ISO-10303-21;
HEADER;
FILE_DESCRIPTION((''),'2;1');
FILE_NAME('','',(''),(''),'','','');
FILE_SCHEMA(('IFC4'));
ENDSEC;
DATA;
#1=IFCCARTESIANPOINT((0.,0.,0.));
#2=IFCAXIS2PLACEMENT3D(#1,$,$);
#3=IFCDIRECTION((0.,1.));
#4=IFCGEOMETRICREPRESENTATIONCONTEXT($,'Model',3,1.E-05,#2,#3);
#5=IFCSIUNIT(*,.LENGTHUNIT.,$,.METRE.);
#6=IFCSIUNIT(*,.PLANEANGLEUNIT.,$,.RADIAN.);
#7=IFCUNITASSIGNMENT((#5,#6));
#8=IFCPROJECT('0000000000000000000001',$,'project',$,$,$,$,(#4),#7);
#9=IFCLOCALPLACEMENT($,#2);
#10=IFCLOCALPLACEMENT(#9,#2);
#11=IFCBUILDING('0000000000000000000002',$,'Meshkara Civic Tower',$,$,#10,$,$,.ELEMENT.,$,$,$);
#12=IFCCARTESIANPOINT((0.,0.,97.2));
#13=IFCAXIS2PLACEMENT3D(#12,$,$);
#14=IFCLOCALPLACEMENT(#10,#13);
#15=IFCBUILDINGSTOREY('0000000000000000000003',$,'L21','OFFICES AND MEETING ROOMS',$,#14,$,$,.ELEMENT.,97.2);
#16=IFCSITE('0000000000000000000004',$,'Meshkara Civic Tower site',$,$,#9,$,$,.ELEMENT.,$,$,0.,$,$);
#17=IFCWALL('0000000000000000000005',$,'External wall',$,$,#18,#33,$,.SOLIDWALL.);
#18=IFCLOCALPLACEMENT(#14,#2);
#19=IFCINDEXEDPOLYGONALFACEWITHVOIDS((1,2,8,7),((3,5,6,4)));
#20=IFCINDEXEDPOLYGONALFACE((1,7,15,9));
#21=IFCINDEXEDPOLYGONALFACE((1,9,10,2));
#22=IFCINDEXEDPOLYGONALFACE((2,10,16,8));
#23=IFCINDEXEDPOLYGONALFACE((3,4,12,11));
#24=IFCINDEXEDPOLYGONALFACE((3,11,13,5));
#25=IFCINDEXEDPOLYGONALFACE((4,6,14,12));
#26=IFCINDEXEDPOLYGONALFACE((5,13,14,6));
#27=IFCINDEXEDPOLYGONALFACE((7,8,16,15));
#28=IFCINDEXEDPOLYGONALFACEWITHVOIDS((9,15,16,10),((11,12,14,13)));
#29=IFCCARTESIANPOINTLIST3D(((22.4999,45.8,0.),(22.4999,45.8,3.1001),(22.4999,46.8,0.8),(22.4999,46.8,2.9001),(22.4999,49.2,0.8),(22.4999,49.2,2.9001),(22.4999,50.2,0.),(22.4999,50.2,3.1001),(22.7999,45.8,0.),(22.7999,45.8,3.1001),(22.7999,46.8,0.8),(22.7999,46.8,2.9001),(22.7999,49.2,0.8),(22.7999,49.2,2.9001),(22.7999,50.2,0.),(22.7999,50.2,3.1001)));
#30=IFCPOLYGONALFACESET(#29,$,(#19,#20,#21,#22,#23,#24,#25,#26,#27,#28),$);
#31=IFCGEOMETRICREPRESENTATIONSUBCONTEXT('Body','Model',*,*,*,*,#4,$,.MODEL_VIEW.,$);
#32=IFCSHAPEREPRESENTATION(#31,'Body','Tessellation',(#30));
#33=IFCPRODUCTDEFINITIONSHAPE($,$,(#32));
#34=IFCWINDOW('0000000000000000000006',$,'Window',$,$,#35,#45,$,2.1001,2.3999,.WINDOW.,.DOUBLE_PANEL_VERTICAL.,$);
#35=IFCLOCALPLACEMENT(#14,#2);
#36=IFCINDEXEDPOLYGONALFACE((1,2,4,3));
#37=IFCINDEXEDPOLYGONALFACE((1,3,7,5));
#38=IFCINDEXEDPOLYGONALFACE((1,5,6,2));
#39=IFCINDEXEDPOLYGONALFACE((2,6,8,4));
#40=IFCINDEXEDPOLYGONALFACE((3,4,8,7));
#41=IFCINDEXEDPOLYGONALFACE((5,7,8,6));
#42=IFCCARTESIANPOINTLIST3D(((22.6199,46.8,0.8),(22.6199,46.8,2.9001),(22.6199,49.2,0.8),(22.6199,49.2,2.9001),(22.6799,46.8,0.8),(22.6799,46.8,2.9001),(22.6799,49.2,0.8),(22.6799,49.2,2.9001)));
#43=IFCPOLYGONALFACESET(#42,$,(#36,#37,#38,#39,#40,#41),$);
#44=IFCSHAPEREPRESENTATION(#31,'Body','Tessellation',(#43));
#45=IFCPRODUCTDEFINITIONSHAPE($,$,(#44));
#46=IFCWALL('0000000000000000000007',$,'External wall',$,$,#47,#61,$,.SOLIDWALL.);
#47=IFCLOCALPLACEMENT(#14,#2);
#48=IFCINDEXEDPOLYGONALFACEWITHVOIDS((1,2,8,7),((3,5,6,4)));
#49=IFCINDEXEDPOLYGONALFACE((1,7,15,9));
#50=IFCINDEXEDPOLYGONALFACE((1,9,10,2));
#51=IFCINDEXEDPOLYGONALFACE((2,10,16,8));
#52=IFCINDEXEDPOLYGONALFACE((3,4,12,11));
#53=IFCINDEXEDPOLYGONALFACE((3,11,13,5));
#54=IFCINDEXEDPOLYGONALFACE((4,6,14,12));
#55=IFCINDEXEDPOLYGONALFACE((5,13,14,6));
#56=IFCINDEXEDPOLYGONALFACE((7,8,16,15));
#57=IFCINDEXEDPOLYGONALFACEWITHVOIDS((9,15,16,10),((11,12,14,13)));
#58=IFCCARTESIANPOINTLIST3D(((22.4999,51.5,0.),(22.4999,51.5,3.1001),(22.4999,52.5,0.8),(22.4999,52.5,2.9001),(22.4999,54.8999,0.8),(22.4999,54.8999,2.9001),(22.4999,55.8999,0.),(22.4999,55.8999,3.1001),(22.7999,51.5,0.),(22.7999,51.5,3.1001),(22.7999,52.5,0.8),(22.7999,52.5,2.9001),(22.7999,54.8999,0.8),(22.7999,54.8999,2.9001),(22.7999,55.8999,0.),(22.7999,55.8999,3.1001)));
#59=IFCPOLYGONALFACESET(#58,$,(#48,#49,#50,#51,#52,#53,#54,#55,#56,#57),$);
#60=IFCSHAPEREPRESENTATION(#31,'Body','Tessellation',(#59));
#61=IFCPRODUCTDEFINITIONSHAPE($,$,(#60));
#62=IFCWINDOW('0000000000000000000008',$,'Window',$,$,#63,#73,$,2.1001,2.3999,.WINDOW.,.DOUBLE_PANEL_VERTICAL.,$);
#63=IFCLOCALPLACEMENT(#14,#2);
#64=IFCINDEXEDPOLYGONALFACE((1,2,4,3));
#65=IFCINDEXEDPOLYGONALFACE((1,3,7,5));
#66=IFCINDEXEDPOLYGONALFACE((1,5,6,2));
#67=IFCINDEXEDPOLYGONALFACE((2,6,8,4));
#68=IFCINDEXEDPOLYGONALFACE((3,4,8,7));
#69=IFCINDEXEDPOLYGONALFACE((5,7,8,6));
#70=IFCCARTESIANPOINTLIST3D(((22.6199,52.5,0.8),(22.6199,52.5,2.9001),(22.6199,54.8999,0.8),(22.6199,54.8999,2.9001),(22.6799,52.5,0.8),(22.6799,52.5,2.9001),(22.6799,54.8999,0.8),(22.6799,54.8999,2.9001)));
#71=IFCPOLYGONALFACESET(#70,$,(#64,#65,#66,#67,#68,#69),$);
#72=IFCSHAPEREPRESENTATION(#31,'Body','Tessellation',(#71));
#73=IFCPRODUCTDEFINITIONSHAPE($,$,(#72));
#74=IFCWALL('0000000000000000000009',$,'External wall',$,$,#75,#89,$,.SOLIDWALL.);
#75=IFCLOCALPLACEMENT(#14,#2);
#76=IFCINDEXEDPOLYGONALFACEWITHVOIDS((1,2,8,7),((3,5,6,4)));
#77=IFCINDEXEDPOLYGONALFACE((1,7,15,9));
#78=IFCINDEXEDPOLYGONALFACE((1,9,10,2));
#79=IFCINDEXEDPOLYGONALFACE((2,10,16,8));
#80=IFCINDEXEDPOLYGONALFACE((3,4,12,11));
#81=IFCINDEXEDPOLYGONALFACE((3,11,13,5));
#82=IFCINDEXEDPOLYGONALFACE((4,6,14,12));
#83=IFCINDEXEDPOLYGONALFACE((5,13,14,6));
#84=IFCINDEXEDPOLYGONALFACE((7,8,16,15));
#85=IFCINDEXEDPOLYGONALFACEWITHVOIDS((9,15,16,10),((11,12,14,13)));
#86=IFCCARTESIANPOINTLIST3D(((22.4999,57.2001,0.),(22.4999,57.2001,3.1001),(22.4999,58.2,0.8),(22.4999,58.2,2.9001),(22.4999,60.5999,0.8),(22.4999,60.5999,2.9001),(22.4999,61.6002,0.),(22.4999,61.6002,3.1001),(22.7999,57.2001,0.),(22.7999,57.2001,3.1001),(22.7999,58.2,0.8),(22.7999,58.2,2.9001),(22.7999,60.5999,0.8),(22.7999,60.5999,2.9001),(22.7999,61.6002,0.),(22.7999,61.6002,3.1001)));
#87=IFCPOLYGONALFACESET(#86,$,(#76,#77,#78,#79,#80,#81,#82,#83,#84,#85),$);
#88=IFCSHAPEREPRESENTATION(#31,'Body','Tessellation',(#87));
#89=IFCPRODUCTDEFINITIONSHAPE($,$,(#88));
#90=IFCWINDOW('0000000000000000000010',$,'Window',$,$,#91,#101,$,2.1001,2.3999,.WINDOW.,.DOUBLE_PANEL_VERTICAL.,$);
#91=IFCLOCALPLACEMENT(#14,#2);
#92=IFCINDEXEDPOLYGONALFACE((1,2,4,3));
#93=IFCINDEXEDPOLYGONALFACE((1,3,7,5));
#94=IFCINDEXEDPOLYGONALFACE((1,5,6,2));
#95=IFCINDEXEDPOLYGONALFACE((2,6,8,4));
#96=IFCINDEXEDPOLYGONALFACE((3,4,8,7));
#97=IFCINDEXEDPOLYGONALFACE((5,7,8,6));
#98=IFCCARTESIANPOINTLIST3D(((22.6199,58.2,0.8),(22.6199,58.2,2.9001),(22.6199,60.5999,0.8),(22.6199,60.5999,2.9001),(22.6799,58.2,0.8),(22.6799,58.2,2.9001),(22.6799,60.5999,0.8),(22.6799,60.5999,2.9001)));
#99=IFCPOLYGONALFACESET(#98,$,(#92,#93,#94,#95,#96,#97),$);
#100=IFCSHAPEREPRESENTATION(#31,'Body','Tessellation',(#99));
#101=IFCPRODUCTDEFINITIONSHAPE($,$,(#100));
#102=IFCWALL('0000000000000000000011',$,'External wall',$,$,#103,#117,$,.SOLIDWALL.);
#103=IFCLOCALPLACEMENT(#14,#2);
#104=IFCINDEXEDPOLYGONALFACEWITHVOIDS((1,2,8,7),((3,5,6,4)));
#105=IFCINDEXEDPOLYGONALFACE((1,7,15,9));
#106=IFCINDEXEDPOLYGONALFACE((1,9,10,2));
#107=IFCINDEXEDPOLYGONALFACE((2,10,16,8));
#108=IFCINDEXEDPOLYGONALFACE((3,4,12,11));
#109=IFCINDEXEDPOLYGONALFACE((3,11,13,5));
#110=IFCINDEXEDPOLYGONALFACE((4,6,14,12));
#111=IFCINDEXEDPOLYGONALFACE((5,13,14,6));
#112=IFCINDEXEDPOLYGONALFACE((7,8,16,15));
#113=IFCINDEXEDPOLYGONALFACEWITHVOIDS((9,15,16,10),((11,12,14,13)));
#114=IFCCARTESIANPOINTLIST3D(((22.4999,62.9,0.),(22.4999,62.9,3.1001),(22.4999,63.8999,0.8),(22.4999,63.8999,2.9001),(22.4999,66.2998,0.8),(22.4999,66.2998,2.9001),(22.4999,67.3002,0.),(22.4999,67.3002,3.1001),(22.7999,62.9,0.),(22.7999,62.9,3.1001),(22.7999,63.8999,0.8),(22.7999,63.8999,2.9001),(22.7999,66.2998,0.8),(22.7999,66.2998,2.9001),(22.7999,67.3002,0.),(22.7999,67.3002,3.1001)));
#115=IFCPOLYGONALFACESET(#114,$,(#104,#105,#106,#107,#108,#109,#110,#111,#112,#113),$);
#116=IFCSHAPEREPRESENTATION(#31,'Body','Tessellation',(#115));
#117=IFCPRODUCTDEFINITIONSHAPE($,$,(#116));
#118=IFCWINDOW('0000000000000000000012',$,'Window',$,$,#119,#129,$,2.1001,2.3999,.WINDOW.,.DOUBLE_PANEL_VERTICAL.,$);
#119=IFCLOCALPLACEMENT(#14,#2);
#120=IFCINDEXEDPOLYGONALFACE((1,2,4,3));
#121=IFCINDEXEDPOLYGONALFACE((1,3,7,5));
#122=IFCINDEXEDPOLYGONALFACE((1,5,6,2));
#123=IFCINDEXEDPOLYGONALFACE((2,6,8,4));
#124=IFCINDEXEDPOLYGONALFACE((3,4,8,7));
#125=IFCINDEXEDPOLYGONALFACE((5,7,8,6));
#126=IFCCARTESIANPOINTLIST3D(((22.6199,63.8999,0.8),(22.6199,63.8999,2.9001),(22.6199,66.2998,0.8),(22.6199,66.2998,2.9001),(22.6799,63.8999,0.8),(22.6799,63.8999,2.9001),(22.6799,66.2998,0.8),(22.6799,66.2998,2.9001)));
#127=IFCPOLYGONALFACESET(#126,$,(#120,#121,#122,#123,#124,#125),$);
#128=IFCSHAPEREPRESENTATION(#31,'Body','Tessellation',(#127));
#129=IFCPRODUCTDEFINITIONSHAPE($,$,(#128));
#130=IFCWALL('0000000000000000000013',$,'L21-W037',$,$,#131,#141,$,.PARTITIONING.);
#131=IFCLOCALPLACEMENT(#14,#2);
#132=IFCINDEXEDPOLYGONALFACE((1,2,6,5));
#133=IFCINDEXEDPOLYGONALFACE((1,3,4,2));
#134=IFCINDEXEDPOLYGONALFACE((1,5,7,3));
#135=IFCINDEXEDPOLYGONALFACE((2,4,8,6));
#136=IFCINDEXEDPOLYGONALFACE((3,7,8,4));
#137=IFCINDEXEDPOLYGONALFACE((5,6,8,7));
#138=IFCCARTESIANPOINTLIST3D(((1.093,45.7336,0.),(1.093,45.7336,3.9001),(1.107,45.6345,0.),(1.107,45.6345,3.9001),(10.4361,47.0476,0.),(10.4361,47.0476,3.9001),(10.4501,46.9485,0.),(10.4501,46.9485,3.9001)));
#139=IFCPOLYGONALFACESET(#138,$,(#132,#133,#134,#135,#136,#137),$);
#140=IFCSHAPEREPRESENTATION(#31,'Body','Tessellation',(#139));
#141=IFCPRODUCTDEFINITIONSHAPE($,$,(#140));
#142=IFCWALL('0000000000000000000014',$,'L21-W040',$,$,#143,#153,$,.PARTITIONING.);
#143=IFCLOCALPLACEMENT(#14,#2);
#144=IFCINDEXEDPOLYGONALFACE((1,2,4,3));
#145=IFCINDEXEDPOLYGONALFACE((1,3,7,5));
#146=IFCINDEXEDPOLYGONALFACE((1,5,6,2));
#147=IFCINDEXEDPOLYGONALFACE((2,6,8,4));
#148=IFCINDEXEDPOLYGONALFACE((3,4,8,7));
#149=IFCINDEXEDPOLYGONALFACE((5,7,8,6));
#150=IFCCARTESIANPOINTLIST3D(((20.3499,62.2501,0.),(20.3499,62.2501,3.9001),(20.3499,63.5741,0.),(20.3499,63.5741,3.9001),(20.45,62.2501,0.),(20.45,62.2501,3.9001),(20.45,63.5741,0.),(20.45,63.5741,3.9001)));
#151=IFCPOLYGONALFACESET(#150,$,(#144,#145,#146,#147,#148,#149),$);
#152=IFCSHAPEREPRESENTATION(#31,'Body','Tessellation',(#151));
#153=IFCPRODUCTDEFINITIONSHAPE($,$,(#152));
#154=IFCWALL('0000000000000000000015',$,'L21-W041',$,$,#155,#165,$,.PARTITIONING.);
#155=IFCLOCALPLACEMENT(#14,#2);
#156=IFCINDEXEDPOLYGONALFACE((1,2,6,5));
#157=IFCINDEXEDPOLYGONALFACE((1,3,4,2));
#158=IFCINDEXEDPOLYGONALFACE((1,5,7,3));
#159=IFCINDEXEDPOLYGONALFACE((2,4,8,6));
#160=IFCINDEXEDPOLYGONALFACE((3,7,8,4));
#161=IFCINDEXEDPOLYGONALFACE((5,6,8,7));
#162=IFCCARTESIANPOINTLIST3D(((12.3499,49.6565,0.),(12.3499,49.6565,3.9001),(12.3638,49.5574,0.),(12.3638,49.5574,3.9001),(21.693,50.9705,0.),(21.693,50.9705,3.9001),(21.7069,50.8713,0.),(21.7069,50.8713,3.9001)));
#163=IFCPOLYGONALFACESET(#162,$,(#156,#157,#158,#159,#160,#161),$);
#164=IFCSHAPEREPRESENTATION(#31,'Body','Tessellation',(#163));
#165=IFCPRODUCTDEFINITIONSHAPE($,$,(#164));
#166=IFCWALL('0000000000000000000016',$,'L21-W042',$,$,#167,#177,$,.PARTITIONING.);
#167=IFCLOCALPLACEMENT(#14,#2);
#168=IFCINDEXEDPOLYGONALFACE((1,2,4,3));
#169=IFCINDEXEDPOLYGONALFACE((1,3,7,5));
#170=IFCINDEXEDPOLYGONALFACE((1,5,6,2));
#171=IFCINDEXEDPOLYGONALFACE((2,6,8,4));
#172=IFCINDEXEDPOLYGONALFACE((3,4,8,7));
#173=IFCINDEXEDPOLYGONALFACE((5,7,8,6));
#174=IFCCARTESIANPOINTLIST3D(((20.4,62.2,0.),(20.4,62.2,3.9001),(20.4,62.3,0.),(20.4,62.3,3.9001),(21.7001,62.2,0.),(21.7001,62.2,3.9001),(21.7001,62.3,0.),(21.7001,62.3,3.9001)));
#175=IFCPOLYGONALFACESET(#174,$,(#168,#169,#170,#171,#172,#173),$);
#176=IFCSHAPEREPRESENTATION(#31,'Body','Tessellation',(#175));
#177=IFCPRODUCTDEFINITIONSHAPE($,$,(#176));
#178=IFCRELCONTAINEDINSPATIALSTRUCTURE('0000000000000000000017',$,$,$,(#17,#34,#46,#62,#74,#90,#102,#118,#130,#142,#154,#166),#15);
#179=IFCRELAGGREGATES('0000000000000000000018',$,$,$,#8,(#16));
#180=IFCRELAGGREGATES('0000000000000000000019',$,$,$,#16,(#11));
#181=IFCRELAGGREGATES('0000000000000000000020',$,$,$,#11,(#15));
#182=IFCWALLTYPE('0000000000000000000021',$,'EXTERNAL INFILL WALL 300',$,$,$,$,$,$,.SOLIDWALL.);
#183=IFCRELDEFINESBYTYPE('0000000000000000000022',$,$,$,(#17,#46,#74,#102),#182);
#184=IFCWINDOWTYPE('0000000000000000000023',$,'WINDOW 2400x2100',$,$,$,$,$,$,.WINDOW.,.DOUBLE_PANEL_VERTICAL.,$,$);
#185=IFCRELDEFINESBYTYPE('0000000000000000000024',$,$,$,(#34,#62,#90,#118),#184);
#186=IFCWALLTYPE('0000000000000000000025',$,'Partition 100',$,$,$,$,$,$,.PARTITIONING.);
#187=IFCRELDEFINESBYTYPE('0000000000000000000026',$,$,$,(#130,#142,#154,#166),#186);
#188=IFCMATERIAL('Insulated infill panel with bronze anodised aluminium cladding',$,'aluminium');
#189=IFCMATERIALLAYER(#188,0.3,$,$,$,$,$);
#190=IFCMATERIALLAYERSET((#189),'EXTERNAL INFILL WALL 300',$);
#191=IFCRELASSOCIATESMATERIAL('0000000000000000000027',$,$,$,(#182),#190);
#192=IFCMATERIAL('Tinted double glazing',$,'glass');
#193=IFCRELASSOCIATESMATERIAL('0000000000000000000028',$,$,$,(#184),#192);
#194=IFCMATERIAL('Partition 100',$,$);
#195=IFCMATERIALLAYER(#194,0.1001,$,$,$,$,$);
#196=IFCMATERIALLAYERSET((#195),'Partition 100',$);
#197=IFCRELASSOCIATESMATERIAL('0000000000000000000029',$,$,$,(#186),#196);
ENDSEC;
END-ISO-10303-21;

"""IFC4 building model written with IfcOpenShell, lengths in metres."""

from ifc_helpers import new_model, si_unit, direction, frame, frame_2d, origin, place, context, subcontext, project, spatial, rectangle, extrude, material, layer, layer_set, type_object, element, fill, save


model = new_model("IFC4")

# Units and contexts
model_context = context("Model", 3, precision=1e-05, world=origin(), true_north=direction((0.0, 1.0)))
body_context = subcontext(model_context, "Body", "Model", "MODEL_VIEW")
ifc_project = project(units=[si_unit("LENGTHUNIT", "METRE"), si_unit("PLANEANGLEUNIT", "RADIAN")], contexts=[model_context])

# Site, building, storey
site_placement = place(None, origin())
site = spatial("IfcSite", under=ifc_project, at=site_placement, Name="Meshkara Civic Tower site", CompositionType="ELEMENT", RefElevation=0.0)
building_placement = place(site_placement, origin())
building = spatial("IfcBuilding", under=site, at=building_placement, Name="Meshkara Civic Tower", CompositionType="ELEMENT")
storey_placement = place(building_placement, frame((0.0, 0.0, 97.2)))
storey = spatial("IfcBuildingStorey", under=building, at=storey_placement, Name="L21", Description="OFFICES AND MEETING ROOMS", CompositionType="ELEMENT", Elevation=97.2)

# Walls, openings, windows
ifc_material_1 = material(Name="Insulated infill panel with bronze anodised aluminium cladding", Category="aluminium")
ifc_layer_1 = layer(ifc_material_1, 0.3)
ifc_layer_set_1 = layer_set([ifc_layer_1], Name="EXTERNAL INFILL WALL 300")
wall_type_1 = type_object("IfcWallType", Name="EXTERNAL INFILL WALL 300", PredefinedType="SOLIDWALL", material=ifc_layer_set_1)
wall_1_placement = place(storey_placement, frame((22.6499, 45.8, 0.0), z_axis=(0.0, 0.0, 1.0), x_axis=(0.0, 1.0, 0.0)))
wall_1 = element("IfcWall", 1, at=wall_1_placement, inside=storey, type_object=wall_type_1, Name="External wall", PredefinedType="SOLIDWALL", context=body_context, shape_type="SweptSolid", body=[
    extrude(rectangle(XDim=4.3999, YDim=0.3, at=frame_2d((2.2, 0.0))), origin(), (0.0, 0.0, 1.0), 3.1001),
])
opening_1_placement = place(wall_1_placement, frame((1.0, 0.0, 0.8)))
opening_1 = element("IfcOpeningElement", 2, at=opening_1_placement, cuts=wall_1, PredefinedType="OPENING", context=body_context, shape_type="SweptSolid", body=[
    extrude(rectangle(XDim=2.3999, YDim=2.1001, at=frame_2d((1.2, 1.05))), frame((0.0, 0.1599, 0.0), z_axis=(0.0, -1.0, 0.0), x_axis=(1.0, 0.0, 0.0)), (0.0, 0.0, 1.0), 0.3201),
])
ifc_material_2 = material(Name="Tinted double glazing", Category="glass")
window_type = type_object("IfcWindowType", Name="WINDOW 2400x2100", PartitioningType="DOUBLE_PANEL_VERTICAL", PredefinedType="WINDOW", material=ifc_material_2)
window_1_placement = place(opening_1_placement, origin())
window_1 = element("IfcWindow", 3, at=window_1_placement, inside=storey, type_object=window_type, Name="Window", OverallHeight=2.1001, OverallWidth=2.3999, PartitioningType="DOUBLE_PANEL_VERTICAL", PredefinedType="WINDOW", context=body_context, shape_type="SweptSolid", body=[
    extrude(rectangle(XDim=2.3999, YDim=2.1001, at=frame_2d((1.2, 1.05))), frame((0.0, 0.03, 0.0), z_axis=(0.0, -1.0, 0.0), x_axis=(1.0, 0.0, 0.0)), (0.0, 0.0, 1.0), 0.0601),
])
fill(opening_1, window_1)
wall_2_placement = place(storey_placement, frame((22.6499, 51.5, 0.0), z_axis=(0.0, 0.0, 1.0), x_axis=(0.0, 1.0, 0.0)))
wall_2 = element("IfcWall", 4, at=wall_2_placement, inside=storey, type_object=wall_type_1, Name="External wall", PredefinedType="SOLIDWALL", context=body_context, shape_type="SweptSolid", body=[
    extrude(rectangle(XDim=4.3999, YDim=0.3, at=frame_2d((2.2, 0.0))), origin(), (0.0, 0.0, 1.0), 3.1001),
])
opening_2_placement = place(wall_2_placement, frame((1.0, 0.0, 0.8)))
opening_2 = element("IfcOpeningElement", 5, at=opening_2_placement, cuts=wall_2, PredefinedType="OPENING", context=body_context, shape_type="SweptSolid", body=[
    extrude(rectangle(XDim=2.3999, YDim=2.1001, at=frame_2d((1.2, 1.05))), frame((0.0, 0.1599, 0.0), z_axis=(0.0, -1.0, 0.0), x_axis=(1.0, 0.0, 0.0)), (0.0, 0.0, 1.0), 0.3201),
])
window_2_placement = place(opening_2_placement, origin())
window_2 = element("IfcWindow", 6, at=window_2_placement, inside=storey, type_object=window_type, Name="Window", OverallHeight=2.1001, OverallWidth=2.3999, PartitioningType="DOUBLE_PANEL_VERTICAL", PredefinedType="WINDOW", context=body_context, shape_type="SweptSolid", body=[
    extrude(rectangle(XDim=2.3999, YDim=2.1001, at=frame_2d((1.2, 1.05))), frame((0.0, 0.03, 0.0), z_axis=(0.0, -1.0, 0.0), x_axis=(1.0, 0.0, 0.0)), (0.0, 0.0, 1.0), 0.0601),
])
fill(opening_2, window_2)
wall_3_placement = place(storey_placement, frame((22.6499, 57.2, 0.0), z_axis=(0.0, 0.0, 1.0), x_axis=(0.0, 1.0, 0.0)))
wall_3 = element("IfcWall", 7, at=wall_3_placement, inside=storey, type_object=wall_type_1, Name="External wall", PredefinedType="SOLIDWALL", context=body_context, shape_type="SweptSolid", body=[
    extrude(rectangle(XDim=4.4001, YDim=0.3, at=frame_2d((2.2002, 0.0))), origin(), (0.0, 0.0, 1.0), 3.1001),
])
opening_3_placement = place(wall_3_placement, frame((1.0, 0.0, 0.8)))
opening_3 = element("IfcOpeningElement", 8, at=opening_3_placement, cuts=wall_3, PredefinedType="OPENING", context=body_context, shape_type="SweptSolid", body=[
    extrude(rectangle(XDim=2.3999, YDim=2.1001, at=frame_2d((1.2, 1.05))), frame((0.0, 0.1599, 0.0), z_axis=(0.0, -1.0, 0.0), x_axis=(1.0, 0.0, 0.0)), (0.0, 0.0, 1.0), 0.3201),
])
window_3_placement = place(opening_3_placement, origin())
window_3 = element("IfcWindow", 9, at=window_3_placement, inside=storey, type_object=window_type, Name="Window", OverallHeight=2.1001, OverallWidth=2.3999, PartitioningType="DOUBLE_PANEL_VERTICAL", PredefinedType="WINDOW", context=body_context, shape_type="SweptSolid", body=[
    extrude(rectangle(XDim=2.3999, YDim=2.1001, at=frame_2d((1.2, 1.05))), frame((0.0, 0.03, 0.0), z_axis=(0.0, -1.0, 0.0), x_axis=(1.0, 0.0, 0.0)), (0.0, 0.0, 1.0), 0.0601),
])
fill(opening_3, window_3)
wall_4_placement = place(storey_placement, frame((22.6499, 62.8999, 0.0), z_axis=(0.0, 0.0, 1.0), x_axis=(0.0, 1.0, 0.0)))
wall_4 = element("IfcWall", 10, at=wall_4_placement, inside=storey, type_object=wall_type_1, Name="External wall", PredefinedType="SOLIDWALL", context=body_context, shape_type="SweptSolid", body=[
    extrude(rectangle(XDim=4.4001, YDim=0.3, at=frame_2d((2.2002, 0.0))), origin(), (0.0, 0.0, 1.0), 3.1001),
])
opening_4_placement = place(wall_4_placement, frame((1.0, 0.0, 0.8)))
opening_4 = element("IfcOpeningElement", 11, at=opening_4_placement, cuts=wall_4, PredefinedType="OPENING", context=body_context, shape_type="SweptSolid", body=[
    extrude(rectangle(XDim=2.3999, YDim=2.1001, at=frame_2d((1.2, 1.05))), frame((0.0, 0.1599, 0.0), z_axis=(0.0, -1.0, 0.0), x_axis=(1.0, 0.0, 0.0)), (0.0, 0.0, 1.0), 0.3201),
])
window_4_placement = place(opening_4_placement, origin())
window_4 = element("IfcWindow", 12, at=window_4_placement, inside=storey, type_object=window_type, Name="Window", OverallHeight=2.1001, OverallWidth=2.3999, PartitioningType="DOUBLE_PANEL_VERTICAL", PredefinedType="WINDOW", context=body_context, shape_type="SweptSolid", body=[
    extrude(rectangle(XDim=2.3999, YDim=2.1001, at=frame_2d((1.2, 1.05))), frame((0.0, 0.03, 0.0), z_axis=(0.0, -1.0, 0.0), x_axis=(1.0, 0.0, 0.0)), (0.0, 0.0, 1.0), 0.0601),
])
fill(opening_4, window_4)

# Walls
ifc_material_3 = material(Name="Partition 100")
ifc_layer_2 = layer(ifc_material_3, 0.1001)
ifc_layer_set_2 = layer_set([ifc_layer_2], Name="Partition 100")
wall_type_2 = type_object("IfcWallType", Name="Partition 100", PredefinedType="PARTITIONING", material=ifc_layer_set_2)
wall_5_placement = place(storey_placement, frame((10.4431, 46.998, 0.0), z_axis=(0.0, 0.0, 1.0), x_axis=(-0.990255, -0.139266, 0.0)))
element("IfcWall", 13, at=wall_5_placement, inside=storey, type_object=wall_type_2, Name="L21-W037", PredefinedType="PARTITIONING", context=body_context, shape_type="SweptSolid", body=[
    extrude(rectangle(XDim=9.4351, YDim=0.1001, at=frame_2d((4.7175, 0.0))), origin(), (0.0, 0.0, 1.0), 3.9001),
])
wall_6_placement = place(storey_placement, frame((20.3999, 62.25, 0.0), z_axis=(0.0, 0.0, 1.0), x_axis=(0.0, 1.0, 0.0)))
element("IfcWall", 14, at=wall_6_placement, inside=storey, type_object=wall_type_2, Name="L21-W040", PredefinedType="PARTITIONING", context=body_context, shape_type="SweptSolid", body=[
    extrude(rectangle(XDim=1.324, YDim=0.1001, at=frame_2d((0.6621, 0.0))), origin(), (0.0, 0.0, 1.0), 3.9001),
])
wall_7_placement = place(storey_placement, frame((21.7, 50.9209, 0.0), z_axis=(0.0, 0.0, 1.0), x_axis=(-0.990255, -0.139266, 0.0)))
element("IfcWall", 15, at=wall_7_placement, inside=storey, type_object=wall_type_2, Name="L21-W041", PredefinedType="PARTITIONING", context=body_context, shape_type="SweptSolid", body=[
    extrude(rectangle(XDim=9.4351, YDim=0.1001, at=frame_2d((4.7175, 0.0))), origin(), (0.0, 0.0, 1.0), 3.9001),
])
wall_8_placement = place(storey_placement, frame((21.7, 62.25, 0.0), z_axis=(0.0, 0.0, 1.0), x_axis=(-1.0, 0.0, 0.0)))
element("IfcWall", 16, at=wall_8_placement, inside=storey, type_object=wall_type_2, Name="L21-W042", PredefinedType="PARTITIONING", context=body_context, shape_type="SweptSolid", body=[
    extrude(rectangle(XDim=1.3, YDim=0.1001, at=frame_2d((0.6499, 0.0))), origin(), (0.0, 0.0, 1.0), 3.9001),
])

save(model, "model.ifc")
